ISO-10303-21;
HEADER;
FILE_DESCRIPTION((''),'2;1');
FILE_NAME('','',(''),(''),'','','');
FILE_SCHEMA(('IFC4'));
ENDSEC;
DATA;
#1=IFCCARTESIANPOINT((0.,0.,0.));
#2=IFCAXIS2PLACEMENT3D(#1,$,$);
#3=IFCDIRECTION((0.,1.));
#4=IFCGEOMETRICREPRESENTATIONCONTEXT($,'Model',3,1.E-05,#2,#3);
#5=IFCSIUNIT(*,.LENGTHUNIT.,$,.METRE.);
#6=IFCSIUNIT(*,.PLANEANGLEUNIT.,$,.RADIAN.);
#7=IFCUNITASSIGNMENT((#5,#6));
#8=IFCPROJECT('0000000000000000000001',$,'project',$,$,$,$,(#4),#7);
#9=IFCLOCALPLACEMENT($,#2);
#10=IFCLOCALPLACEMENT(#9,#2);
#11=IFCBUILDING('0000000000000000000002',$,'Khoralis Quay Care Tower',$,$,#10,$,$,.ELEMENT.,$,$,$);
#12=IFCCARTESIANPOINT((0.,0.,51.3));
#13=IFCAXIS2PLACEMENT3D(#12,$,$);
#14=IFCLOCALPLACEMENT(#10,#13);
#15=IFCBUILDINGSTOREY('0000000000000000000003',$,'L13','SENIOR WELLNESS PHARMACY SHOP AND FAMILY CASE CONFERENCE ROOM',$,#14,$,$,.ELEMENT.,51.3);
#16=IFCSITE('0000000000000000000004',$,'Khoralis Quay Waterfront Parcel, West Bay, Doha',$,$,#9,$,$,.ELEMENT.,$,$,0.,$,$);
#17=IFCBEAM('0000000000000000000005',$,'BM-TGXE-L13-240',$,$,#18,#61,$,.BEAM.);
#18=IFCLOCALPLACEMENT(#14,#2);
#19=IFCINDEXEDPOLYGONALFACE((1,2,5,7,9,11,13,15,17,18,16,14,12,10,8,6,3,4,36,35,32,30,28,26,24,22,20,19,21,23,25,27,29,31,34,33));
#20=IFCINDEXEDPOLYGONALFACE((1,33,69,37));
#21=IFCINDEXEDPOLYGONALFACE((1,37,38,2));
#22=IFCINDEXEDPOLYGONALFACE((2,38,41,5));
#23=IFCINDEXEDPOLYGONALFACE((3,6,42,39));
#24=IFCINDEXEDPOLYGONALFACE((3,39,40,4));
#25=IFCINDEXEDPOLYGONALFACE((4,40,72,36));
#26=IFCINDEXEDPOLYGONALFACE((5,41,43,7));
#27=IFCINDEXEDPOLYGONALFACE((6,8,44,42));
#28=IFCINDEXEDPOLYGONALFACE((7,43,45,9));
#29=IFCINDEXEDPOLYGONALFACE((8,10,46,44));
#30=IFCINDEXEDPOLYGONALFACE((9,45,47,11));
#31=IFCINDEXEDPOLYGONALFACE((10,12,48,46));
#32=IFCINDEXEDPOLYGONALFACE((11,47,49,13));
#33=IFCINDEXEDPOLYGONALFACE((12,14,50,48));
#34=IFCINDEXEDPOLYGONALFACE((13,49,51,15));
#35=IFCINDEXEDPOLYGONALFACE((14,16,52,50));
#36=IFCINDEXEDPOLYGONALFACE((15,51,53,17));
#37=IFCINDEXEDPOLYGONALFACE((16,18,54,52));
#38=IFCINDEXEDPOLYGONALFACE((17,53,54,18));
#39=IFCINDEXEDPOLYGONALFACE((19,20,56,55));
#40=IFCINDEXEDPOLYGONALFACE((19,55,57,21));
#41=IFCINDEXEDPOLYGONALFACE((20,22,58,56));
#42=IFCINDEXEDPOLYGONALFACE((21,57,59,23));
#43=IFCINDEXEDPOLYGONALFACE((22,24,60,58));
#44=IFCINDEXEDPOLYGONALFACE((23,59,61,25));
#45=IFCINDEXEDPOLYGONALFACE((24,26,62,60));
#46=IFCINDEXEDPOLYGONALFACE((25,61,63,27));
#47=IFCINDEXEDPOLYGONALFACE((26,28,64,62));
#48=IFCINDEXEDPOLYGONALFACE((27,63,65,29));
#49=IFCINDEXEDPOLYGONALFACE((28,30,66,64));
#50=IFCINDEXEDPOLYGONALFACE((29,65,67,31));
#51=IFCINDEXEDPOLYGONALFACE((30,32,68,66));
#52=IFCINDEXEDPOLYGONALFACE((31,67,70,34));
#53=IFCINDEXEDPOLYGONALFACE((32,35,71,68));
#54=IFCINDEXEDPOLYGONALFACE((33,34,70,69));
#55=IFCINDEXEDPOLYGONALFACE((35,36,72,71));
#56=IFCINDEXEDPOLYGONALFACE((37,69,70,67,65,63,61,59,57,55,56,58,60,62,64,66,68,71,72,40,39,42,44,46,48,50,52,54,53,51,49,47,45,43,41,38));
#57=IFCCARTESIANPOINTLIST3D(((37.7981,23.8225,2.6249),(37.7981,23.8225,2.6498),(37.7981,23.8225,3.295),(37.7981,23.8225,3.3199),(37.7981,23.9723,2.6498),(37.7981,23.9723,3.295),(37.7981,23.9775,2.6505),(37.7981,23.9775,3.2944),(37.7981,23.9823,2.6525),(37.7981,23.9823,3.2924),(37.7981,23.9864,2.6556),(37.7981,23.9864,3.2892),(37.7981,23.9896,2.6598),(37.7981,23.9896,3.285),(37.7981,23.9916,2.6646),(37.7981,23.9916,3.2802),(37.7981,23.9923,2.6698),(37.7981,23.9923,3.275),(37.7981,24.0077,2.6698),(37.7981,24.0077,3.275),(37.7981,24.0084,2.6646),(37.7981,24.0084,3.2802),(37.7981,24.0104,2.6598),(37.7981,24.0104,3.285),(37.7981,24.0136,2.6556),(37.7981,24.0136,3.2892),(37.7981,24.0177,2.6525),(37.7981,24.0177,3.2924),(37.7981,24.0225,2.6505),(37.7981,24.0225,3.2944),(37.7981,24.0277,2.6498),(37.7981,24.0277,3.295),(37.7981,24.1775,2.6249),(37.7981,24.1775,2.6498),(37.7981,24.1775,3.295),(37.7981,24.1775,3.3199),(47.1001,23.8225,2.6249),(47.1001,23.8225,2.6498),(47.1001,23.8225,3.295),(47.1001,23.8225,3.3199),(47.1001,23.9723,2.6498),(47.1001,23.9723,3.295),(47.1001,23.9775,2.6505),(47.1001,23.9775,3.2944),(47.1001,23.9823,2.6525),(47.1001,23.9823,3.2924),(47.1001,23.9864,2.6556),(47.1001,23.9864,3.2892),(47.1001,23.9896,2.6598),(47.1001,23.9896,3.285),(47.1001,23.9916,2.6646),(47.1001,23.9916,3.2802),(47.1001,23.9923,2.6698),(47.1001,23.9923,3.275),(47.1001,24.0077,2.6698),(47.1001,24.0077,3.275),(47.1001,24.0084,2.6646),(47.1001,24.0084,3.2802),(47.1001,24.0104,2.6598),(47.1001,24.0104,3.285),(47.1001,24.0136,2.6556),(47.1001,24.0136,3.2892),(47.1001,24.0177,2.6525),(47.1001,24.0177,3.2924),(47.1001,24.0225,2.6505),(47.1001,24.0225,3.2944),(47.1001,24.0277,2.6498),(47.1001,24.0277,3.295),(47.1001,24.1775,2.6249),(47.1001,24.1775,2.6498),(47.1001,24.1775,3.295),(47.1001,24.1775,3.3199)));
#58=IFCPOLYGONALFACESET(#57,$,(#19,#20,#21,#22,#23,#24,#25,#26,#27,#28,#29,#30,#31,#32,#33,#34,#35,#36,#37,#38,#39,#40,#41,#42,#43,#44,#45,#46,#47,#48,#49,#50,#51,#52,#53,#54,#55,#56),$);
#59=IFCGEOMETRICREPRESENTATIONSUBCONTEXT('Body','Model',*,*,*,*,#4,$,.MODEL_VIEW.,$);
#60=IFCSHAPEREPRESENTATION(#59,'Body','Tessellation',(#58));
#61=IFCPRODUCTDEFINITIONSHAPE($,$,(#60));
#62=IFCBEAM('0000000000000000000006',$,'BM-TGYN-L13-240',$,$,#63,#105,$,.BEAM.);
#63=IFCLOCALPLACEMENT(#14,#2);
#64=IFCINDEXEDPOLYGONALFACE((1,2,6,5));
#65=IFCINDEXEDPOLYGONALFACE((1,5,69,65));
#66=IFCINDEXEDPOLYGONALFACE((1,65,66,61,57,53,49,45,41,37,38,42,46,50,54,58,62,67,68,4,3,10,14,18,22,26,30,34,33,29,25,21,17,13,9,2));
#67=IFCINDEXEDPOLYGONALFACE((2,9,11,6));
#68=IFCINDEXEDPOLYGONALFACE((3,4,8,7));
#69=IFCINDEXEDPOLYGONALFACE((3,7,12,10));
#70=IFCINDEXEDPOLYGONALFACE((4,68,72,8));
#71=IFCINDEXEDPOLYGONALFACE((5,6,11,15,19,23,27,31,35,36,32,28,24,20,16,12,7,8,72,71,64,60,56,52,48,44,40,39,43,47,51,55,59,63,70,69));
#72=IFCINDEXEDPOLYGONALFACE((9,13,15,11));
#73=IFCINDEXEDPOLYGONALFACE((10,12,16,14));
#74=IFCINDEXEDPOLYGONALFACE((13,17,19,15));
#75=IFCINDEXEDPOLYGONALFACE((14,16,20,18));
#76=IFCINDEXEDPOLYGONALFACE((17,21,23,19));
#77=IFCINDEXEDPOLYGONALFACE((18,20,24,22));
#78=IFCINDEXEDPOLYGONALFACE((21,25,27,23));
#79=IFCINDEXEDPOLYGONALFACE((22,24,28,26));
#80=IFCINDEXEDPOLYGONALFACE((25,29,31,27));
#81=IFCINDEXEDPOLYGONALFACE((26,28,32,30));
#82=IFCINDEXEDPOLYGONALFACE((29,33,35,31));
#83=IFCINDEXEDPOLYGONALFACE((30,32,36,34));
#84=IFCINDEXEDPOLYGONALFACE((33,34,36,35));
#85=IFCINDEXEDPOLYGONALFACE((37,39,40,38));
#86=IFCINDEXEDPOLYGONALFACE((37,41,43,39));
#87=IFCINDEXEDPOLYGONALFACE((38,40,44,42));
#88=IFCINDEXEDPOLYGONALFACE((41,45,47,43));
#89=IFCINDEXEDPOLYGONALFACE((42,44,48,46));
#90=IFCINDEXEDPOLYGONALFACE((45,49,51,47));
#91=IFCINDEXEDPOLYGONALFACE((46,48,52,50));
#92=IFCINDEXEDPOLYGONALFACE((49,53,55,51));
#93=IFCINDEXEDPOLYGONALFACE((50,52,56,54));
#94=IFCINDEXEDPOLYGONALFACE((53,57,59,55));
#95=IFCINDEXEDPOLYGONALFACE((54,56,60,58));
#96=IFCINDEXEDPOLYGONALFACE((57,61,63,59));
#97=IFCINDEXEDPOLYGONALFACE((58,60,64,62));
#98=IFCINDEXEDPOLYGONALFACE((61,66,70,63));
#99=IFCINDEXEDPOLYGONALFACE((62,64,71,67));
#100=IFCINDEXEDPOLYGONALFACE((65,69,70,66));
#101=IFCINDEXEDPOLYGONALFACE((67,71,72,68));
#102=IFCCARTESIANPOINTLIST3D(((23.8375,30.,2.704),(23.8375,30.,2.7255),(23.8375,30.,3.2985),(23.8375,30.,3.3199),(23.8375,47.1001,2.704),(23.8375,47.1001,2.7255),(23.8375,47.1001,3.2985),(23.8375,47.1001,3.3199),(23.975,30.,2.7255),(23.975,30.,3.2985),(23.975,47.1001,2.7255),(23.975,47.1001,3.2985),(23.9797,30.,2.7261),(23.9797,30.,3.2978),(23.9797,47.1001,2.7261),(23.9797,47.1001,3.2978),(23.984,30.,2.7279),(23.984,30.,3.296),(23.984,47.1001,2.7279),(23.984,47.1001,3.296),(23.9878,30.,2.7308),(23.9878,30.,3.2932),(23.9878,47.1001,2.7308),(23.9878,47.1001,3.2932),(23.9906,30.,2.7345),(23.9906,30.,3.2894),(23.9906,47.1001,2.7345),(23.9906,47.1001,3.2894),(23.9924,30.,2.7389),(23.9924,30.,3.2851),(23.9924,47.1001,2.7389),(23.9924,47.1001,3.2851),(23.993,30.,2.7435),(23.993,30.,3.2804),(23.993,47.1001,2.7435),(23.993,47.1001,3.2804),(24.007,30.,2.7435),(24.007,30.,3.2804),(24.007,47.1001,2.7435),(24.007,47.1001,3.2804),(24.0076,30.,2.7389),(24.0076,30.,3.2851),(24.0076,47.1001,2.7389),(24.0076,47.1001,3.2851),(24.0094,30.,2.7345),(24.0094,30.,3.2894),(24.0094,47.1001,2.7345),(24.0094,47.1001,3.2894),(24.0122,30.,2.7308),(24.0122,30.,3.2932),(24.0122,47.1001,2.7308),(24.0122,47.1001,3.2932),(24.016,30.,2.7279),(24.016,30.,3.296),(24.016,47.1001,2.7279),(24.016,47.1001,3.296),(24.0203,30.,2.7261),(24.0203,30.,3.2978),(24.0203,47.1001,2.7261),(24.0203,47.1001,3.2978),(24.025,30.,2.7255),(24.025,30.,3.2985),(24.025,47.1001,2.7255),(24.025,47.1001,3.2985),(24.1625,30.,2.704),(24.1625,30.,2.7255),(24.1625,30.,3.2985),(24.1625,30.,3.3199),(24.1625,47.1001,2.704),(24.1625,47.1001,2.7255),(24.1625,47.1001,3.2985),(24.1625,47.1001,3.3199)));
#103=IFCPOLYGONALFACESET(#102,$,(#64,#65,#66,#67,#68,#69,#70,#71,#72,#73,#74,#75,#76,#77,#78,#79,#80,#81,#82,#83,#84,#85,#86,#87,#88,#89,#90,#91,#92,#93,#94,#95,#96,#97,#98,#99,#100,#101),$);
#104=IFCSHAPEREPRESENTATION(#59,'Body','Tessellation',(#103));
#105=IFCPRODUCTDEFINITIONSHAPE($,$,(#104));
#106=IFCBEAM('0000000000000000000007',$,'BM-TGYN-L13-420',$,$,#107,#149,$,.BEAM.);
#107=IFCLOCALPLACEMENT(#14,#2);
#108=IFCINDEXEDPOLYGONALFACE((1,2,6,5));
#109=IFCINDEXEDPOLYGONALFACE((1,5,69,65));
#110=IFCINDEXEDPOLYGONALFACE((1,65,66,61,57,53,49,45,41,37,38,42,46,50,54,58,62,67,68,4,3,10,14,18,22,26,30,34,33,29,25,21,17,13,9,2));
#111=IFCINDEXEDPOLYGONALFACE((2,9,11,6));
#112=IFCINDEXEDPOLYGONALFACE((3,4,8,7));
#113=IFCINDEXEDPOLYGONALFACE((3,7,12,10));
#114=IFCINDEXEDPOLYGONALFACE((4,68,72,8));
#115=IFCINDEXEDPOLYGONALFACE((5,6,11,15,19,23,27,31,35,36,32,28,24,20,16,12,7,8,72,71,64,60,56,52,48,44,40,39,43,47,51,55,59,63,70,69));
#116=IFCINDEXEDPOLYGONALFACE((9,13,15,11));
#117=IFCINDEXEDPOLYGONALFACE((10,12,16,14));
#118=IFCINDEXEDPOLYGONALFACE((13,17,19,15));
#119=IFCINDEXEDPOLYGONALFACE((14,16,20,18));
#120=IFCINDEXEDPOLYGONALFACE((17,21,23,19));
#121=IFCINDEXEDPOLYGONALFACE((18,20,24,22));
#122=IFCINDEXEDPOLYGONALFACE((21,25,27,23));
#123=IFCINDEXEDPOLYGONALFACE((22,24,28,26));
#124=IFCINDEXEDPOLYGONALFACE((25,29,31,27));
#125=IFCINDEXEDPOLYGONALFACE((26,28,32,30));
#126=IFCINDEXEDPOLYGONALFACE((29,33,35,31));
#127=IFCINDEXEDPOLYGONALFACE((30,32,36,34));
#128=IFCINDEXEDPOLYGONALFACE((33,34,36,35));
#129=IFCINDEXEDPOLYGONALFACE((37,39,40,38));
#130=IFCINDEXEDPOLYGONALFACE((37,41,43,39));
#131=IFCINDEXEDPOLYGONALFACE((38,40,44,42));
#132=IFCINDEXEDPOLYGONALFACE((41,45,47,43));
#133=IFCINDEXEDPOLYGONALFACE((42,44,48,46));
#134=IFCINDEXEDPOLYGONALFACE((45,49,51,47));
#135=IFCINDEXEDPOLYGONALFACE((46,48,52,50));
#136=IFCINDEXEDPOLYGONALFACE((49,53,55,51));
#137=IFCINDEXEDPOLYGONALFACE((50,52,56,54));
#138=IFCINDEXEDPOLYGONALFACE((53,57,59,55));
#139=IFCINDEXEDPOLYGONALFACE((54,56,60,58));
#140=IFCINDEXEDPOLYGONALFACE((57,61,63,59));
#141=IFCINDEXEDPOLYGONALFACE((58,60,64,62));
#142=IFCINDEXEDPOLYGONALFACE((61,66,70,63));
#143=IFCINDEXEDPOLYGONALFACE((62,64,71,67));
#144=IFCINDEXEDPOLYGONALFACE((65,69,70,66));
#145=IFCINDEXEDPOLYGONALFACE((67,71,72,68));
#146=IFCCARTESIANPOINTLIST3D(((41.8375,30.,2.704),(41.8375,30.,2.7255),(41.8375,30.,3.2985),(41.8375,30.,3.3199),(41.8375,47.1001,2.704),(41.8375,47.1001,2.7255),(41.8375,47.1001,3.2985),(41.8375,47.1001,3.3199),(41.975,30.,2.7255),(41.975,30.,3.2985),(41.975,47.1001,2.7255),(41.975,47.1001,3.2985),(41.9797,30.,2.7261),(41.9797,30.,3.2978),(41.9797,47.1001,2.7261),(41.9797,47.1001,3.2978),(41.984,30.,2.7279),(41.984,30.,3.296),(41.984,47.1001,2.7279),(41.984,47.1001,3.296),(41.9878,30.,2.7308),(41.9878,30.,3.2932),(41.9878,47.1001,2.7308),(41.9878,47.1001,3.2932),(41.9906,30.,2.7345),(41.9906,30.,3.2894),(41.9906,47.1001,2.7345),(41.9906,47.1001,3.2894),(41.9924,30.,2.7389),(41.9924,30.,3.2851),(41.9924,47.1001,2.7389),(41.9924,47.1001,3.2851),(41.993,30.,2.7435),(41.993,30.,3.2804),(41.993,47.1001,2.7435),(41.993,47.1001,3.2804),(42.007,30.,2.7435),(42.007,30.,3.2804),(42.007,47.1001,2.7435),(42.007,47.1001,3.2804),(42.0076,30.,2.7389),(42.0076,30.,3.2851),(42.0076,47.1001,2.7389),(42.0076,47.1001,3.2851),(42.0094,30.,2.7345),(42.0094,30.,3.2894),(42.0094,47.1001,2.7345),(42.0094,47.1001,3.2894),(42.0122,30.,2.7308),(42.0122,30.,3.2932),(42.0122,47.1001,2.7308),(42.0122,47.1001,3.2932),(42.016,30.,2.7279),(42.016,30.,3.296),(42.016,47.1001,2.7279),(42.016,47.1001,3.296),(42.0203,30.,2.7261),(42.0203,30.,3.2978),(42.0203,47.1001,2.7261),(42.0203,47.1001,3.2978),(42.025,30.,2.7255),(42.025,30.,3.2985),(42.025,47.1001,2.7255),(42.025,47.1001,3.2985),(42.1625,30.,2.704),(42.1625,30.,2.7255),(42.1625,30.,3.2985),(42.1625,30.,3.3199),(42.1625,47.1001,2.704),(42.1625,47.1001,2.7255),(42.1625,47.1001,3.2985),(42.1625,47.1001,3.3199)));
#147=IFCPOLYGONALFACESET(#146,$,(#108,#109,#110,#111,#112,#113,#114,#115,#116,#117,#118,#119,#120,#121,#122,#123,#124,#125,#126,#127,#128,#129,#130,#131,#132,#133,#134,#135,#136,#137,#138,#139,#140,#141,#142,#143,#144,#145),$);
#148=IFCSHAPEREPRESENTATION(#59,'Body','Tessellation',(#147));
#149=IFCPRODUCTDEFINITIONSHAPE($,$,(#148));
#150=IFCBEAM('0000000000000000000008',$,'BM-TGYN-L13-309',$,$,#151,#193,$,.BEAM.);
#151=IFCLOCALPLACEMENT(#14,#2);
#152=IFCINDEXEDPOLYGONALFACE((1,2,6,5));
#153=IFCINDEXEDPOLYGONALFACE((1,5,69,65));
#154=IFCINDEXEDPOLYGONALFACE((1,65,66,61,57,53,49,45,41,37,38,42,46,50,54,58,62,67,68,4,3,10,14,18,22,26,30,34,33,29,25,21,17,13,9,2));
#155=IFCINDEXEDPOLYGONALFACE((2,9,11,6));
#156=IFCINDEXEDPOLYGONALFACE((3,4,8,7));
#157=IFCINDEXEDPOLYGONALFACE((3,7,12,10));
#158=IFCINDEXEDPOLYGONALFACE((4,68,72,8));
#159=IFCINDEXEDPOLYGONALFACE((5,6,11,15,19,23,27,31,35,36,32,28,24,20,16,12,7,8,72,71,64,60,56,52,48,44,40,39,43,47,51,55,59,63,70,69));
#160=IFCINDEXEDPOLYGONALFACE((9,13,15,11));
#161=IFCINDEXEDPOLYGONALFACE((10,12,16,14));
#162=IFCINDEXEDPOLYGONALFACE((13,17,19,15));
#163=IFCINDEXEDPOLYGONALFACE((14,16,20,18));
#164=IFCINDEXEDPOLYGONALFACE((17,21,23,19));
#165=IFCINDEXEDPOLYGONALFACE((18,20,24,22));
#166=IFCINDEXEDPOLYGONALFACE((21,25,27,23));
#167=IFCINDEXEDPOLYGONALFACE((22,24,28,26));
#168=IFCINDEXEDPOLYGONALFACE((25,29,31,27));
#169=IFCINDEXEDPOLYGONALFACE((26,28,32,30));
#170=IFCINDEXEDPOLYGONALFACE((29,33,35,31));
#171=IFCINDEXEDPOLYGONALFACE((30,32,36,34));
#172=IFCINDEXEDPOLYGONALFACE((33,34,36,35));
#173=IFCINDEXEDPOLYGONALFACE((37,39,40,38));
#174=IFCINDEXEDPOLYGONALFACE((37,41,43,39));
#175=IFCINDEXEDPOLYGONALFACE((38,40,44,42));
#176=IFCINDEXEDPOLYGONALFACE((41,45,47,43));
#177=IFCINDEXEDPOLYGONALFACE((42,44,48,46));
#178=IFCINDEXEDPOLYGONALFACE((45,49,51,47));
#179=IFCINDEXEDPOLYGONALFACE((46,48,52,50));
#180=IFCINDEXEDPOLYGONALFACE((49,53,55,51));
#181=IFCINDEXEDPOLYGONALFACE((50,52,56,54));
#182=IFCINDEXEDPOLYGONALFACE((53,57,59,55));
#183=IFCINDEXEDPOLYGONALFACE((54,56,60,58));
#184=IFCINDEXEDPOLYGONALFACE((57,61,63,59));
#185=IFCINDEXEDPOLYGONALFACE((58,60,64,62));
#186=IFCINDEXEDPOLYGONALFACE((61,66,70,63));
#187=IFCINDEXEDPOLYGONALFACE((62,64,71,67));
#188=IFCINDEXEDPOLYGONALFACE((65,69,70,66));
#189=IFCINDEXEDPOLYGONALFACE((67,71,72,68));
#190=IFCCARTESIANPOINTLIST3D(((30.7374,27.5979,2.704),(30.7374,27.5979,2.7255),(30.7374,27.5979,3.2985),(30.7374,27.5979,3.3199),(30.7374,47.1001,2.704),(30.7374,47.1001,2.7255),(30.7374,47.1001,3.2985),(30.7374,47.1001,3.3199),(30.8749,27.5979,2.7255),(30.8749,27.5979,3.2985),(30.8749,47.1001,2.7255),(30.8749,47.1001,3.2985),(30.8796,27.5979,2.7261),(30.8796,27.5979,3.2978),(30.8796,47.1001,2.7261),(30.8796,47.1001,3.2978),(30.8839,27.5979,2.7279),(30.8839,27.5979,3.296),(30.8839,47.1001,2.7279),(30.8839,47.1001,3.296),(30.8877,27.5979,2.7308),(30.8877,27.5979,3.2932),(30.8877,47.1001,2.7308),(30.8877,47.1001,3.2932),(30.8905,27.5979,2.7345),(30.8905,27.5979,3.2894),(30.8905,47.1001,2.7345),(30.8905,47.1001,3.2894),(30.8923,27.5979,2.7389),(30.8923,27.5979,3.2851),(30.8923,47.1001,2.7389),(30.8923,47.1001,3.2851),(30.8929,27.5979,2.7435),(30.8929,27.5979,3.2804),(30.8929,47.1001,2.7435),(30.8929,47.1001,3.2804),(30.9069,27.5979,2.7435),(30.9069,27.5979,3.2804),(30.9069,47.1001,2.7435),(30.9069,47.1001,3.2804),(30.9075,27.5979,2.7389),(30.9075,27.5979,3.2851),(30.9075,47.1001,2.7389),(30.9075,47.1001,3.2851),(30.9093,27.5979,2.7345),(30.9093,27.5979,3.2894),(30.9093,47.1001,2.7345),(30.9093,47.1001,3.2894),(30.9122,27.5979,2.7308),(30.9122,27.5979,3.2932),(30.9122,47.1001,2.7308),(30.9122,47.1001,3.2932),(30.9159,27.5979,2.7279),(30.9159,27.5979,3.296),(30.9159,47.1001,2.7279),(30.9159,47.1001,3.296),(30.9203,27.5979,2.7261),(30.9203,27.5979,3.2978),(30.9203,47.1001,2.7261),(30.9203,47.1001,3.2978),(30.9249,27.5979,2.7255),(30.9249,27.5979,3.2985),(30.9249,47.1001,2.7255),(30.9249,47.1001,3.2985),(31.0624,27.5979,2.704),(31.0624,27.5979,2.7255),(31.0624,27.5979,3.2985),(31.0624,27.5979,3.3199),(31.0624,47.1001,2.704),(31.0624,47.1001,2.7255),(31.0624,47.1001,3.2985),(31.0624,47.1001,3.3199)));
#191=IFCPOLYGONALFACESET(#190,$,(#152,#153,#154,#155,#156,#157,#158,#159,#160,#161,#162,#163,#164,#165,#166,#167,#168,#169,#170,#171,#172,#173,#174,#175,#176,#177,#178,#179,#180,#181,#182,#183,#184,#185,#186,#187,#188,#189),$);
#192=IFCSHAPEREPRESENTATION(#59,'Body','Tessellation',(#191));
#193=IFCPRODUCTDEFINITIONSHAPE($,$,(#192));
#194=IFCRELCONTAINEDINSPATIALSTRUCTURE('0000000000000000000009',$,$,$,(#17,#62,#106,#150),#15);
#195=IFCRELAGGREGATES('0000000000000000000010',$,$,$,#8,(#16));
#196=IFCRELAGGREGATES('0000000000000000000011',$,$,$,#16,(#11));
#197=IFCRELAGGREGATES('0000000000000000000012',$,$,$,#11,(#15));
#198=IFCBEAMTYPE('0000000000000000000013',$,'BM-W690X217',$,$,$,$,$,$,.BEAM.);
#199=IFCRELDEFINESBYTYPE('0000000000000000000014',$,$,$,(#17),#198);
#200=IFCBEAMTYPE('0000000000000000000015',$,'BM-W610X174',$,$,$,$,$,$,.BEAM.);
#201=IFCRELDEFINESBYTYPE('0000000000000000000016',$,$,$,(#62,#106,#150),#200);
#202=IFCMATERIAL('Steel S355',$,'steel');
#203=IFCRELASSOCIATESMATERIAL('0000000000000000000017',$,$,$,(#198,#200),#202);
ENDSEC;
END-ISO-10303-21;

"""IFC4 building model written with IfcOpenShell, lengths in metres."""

from ifc_helpers import new_model, si_unit, direction, frame, origin, origin_2d, place, context, subcontext, project, spatial, i_section, extrude, source, transform, mapped, material, material_profile, profile_set, type_object, element, save


model = new_model("IFC4")

# Units and contexts
model_context = context("Model", 3, precision=1e-05, world=origin(), true_north=direction((0.0, 1.0)))
body_context = subcontext(model_context, "Body", "Model", "MODEL_VIEW")
ifc_project = project(units=[si_unit("LENGTHUNIT", "METRE"), si_unit("PLANEANGLEUNIT", "RADIAN")], contexts=[model_context])

# Site, building, storey
site_placement = place(None, origin())
site = spatial("IfcSite", under=ifc_project, at=site_placement, Name="Khoralis Quay Waterfront Parcel, West Bay, Doha", CompositionType="ELEMENT", RefElevation=0.0)
building_placement = place(site_placement, origin())
building = spatial("IfcBuilding", under=site, at=building_placement, Name="Khoralis Quay Care Tower", CompositionType="ELEMENT")
storey_placement = place(building_placement, frame((0.0, 0.0, 51.3)))
storey = spatial("IfcBuildingStorey", under=building, at=storey_placement, Name="L13", Description="SENIOR WELLNESS PHARMACY SHOP AND FAMILY CASE CONFERENCE ROOM", CompositionType="ELEMENT", Elevation=51.3)

# Beams
ifc_material_1 = material(Name="Steel S355", Category="steel")
ifc_material_profile_1 = material_profile(ifc_material_1, i_section(OverallWidth=0.355, OverallDepth=0.6951, WebThickness=0.0154, FlangeThickness=0.0249, FilletRadius=0.02, at=origin_2d()), Name="Steel S355")
ifc_profile_set_1 = profile_set([ifc_material_profile_1], Name="Steel S355")
beam_type_1 = type_object("IfcBeamType", Name="BM-W690X217", PredefinedType="BEAM", material=ifc_profile_set_1)
shared_shape_1 = source(origin(), body_context, "Body", "SweptSolid", [
    extrude(i_section(OverallWidth=0.355, OverallDepth=0.6951, WebThickness=0.0154, FlangeThickness=0.0249, FilletRadius=0.02, at=origin_2d()), origin(), (0.0, 0.0, 1.0), 9.302),
])
beam_1_placement = place(storey_placement, frame((37.7981, 24.0, 2.9724), z_axis=(1.0, 0.0, 0.0), x_axis=(0.0, 1.0, 0.0)))
element("IfcBeam", 1, at=beam_1_placement, inside=storey, type_object=beam_type_1, Name="BM-TGXE-L13-240", PredefinedType="BEAM", context=body_context, shape_type="MappedRepresentation", body=[
    mapped(shared_shape_1, transform((0.0, 0.0, 0.0), scale=1.0)),
])
ifc_material_profile_2 = material_profile(ifc_material_1, i_section(OverallWidth=0.325, OverallDepth=0.616, WebThickness=0.0139, FlangeThickness=0.0215, FilletRadius=0.0181, at=origin_2d()), Name="Steel S355")
ifc_profile_set_2 = profile_set([ifc_material_profile_2], Name="Steel S355")
beam_type_2 = type_object("IfcBeamType", Name="BM-W610X174", PredefinedType="BEAM", material=ifc_profile_set_2)
shared_shape_2 = source(origin(), body_context, "Body", "SweptSolid", [
    extrude(i_section(OverallWidth=0.325, OverallDepth=0.616, WebThickness=0.0139, FlangeThickness=0.0215, FilletRadius=0.0181, at=origin_2d()), origin(), (0.0, 0.0, 1.0), 17.1001),
])
for number, where, z_axis, x_axis, name in (
    (2, (24.0, 30.0, 3.012), (0.0, 1.0, 0.0), (-1.0, 0.0, 0.0), "BM-TGYN-L13-240"),
    (3, (42.0, 30.0, 3.012), (0.0, 1.0, 0.0), (-1.0, 0.0, 0.0), "BM-TGYN-L13-420"),
):
    element("IfcBeam", number, at=place(storey_placement, frame(where, z_axis=z_axis, x_axis=x_axis)), inside=storey, type_object=beam_type_2, Name=name, PredefinedType="BEAM", context=body_context, shape_type="MappedRepresentation", body=[
        mapped(shared_shape_2, transform((0.0, 0.0, 0.0), scale=1.0)),
    ])
shared_shape_3 = source(origin(), body_context, "Body", "SweptSolid", [
    extrude(i_section(OverallWidth=0.325, OverallDepth=0.616, WebThickness=0.0139, FlangeThickness=0.0215, FilletRadius=0.0181, at=origin_2d()), origin(), (0.0, 0.0, 1.0), 19.5022),
])
for number, where, z_axis, x_axis, name in (
    (4, (30.8999, 27.5979, 3.012), (0.0, 1.0, 0.0), (-1.0, 0.0, 0.0), "BM-TGYN-L13-309"),
):
    element("IfcBeam", number, at=place(storey_placement, frame(where, z_axis=z_axis, x_axis=x_axis)), inside=storey, type_object=beam_type_2, Name=name, PredefinedType="BEAM", context=body_context, shape_type="MappedRepresentation", body=[
        mapped(shared_shape_3, transform((0.0, 0.0, 0.0), scale=1.0)),
    ])

save(model, "model.ifc")
